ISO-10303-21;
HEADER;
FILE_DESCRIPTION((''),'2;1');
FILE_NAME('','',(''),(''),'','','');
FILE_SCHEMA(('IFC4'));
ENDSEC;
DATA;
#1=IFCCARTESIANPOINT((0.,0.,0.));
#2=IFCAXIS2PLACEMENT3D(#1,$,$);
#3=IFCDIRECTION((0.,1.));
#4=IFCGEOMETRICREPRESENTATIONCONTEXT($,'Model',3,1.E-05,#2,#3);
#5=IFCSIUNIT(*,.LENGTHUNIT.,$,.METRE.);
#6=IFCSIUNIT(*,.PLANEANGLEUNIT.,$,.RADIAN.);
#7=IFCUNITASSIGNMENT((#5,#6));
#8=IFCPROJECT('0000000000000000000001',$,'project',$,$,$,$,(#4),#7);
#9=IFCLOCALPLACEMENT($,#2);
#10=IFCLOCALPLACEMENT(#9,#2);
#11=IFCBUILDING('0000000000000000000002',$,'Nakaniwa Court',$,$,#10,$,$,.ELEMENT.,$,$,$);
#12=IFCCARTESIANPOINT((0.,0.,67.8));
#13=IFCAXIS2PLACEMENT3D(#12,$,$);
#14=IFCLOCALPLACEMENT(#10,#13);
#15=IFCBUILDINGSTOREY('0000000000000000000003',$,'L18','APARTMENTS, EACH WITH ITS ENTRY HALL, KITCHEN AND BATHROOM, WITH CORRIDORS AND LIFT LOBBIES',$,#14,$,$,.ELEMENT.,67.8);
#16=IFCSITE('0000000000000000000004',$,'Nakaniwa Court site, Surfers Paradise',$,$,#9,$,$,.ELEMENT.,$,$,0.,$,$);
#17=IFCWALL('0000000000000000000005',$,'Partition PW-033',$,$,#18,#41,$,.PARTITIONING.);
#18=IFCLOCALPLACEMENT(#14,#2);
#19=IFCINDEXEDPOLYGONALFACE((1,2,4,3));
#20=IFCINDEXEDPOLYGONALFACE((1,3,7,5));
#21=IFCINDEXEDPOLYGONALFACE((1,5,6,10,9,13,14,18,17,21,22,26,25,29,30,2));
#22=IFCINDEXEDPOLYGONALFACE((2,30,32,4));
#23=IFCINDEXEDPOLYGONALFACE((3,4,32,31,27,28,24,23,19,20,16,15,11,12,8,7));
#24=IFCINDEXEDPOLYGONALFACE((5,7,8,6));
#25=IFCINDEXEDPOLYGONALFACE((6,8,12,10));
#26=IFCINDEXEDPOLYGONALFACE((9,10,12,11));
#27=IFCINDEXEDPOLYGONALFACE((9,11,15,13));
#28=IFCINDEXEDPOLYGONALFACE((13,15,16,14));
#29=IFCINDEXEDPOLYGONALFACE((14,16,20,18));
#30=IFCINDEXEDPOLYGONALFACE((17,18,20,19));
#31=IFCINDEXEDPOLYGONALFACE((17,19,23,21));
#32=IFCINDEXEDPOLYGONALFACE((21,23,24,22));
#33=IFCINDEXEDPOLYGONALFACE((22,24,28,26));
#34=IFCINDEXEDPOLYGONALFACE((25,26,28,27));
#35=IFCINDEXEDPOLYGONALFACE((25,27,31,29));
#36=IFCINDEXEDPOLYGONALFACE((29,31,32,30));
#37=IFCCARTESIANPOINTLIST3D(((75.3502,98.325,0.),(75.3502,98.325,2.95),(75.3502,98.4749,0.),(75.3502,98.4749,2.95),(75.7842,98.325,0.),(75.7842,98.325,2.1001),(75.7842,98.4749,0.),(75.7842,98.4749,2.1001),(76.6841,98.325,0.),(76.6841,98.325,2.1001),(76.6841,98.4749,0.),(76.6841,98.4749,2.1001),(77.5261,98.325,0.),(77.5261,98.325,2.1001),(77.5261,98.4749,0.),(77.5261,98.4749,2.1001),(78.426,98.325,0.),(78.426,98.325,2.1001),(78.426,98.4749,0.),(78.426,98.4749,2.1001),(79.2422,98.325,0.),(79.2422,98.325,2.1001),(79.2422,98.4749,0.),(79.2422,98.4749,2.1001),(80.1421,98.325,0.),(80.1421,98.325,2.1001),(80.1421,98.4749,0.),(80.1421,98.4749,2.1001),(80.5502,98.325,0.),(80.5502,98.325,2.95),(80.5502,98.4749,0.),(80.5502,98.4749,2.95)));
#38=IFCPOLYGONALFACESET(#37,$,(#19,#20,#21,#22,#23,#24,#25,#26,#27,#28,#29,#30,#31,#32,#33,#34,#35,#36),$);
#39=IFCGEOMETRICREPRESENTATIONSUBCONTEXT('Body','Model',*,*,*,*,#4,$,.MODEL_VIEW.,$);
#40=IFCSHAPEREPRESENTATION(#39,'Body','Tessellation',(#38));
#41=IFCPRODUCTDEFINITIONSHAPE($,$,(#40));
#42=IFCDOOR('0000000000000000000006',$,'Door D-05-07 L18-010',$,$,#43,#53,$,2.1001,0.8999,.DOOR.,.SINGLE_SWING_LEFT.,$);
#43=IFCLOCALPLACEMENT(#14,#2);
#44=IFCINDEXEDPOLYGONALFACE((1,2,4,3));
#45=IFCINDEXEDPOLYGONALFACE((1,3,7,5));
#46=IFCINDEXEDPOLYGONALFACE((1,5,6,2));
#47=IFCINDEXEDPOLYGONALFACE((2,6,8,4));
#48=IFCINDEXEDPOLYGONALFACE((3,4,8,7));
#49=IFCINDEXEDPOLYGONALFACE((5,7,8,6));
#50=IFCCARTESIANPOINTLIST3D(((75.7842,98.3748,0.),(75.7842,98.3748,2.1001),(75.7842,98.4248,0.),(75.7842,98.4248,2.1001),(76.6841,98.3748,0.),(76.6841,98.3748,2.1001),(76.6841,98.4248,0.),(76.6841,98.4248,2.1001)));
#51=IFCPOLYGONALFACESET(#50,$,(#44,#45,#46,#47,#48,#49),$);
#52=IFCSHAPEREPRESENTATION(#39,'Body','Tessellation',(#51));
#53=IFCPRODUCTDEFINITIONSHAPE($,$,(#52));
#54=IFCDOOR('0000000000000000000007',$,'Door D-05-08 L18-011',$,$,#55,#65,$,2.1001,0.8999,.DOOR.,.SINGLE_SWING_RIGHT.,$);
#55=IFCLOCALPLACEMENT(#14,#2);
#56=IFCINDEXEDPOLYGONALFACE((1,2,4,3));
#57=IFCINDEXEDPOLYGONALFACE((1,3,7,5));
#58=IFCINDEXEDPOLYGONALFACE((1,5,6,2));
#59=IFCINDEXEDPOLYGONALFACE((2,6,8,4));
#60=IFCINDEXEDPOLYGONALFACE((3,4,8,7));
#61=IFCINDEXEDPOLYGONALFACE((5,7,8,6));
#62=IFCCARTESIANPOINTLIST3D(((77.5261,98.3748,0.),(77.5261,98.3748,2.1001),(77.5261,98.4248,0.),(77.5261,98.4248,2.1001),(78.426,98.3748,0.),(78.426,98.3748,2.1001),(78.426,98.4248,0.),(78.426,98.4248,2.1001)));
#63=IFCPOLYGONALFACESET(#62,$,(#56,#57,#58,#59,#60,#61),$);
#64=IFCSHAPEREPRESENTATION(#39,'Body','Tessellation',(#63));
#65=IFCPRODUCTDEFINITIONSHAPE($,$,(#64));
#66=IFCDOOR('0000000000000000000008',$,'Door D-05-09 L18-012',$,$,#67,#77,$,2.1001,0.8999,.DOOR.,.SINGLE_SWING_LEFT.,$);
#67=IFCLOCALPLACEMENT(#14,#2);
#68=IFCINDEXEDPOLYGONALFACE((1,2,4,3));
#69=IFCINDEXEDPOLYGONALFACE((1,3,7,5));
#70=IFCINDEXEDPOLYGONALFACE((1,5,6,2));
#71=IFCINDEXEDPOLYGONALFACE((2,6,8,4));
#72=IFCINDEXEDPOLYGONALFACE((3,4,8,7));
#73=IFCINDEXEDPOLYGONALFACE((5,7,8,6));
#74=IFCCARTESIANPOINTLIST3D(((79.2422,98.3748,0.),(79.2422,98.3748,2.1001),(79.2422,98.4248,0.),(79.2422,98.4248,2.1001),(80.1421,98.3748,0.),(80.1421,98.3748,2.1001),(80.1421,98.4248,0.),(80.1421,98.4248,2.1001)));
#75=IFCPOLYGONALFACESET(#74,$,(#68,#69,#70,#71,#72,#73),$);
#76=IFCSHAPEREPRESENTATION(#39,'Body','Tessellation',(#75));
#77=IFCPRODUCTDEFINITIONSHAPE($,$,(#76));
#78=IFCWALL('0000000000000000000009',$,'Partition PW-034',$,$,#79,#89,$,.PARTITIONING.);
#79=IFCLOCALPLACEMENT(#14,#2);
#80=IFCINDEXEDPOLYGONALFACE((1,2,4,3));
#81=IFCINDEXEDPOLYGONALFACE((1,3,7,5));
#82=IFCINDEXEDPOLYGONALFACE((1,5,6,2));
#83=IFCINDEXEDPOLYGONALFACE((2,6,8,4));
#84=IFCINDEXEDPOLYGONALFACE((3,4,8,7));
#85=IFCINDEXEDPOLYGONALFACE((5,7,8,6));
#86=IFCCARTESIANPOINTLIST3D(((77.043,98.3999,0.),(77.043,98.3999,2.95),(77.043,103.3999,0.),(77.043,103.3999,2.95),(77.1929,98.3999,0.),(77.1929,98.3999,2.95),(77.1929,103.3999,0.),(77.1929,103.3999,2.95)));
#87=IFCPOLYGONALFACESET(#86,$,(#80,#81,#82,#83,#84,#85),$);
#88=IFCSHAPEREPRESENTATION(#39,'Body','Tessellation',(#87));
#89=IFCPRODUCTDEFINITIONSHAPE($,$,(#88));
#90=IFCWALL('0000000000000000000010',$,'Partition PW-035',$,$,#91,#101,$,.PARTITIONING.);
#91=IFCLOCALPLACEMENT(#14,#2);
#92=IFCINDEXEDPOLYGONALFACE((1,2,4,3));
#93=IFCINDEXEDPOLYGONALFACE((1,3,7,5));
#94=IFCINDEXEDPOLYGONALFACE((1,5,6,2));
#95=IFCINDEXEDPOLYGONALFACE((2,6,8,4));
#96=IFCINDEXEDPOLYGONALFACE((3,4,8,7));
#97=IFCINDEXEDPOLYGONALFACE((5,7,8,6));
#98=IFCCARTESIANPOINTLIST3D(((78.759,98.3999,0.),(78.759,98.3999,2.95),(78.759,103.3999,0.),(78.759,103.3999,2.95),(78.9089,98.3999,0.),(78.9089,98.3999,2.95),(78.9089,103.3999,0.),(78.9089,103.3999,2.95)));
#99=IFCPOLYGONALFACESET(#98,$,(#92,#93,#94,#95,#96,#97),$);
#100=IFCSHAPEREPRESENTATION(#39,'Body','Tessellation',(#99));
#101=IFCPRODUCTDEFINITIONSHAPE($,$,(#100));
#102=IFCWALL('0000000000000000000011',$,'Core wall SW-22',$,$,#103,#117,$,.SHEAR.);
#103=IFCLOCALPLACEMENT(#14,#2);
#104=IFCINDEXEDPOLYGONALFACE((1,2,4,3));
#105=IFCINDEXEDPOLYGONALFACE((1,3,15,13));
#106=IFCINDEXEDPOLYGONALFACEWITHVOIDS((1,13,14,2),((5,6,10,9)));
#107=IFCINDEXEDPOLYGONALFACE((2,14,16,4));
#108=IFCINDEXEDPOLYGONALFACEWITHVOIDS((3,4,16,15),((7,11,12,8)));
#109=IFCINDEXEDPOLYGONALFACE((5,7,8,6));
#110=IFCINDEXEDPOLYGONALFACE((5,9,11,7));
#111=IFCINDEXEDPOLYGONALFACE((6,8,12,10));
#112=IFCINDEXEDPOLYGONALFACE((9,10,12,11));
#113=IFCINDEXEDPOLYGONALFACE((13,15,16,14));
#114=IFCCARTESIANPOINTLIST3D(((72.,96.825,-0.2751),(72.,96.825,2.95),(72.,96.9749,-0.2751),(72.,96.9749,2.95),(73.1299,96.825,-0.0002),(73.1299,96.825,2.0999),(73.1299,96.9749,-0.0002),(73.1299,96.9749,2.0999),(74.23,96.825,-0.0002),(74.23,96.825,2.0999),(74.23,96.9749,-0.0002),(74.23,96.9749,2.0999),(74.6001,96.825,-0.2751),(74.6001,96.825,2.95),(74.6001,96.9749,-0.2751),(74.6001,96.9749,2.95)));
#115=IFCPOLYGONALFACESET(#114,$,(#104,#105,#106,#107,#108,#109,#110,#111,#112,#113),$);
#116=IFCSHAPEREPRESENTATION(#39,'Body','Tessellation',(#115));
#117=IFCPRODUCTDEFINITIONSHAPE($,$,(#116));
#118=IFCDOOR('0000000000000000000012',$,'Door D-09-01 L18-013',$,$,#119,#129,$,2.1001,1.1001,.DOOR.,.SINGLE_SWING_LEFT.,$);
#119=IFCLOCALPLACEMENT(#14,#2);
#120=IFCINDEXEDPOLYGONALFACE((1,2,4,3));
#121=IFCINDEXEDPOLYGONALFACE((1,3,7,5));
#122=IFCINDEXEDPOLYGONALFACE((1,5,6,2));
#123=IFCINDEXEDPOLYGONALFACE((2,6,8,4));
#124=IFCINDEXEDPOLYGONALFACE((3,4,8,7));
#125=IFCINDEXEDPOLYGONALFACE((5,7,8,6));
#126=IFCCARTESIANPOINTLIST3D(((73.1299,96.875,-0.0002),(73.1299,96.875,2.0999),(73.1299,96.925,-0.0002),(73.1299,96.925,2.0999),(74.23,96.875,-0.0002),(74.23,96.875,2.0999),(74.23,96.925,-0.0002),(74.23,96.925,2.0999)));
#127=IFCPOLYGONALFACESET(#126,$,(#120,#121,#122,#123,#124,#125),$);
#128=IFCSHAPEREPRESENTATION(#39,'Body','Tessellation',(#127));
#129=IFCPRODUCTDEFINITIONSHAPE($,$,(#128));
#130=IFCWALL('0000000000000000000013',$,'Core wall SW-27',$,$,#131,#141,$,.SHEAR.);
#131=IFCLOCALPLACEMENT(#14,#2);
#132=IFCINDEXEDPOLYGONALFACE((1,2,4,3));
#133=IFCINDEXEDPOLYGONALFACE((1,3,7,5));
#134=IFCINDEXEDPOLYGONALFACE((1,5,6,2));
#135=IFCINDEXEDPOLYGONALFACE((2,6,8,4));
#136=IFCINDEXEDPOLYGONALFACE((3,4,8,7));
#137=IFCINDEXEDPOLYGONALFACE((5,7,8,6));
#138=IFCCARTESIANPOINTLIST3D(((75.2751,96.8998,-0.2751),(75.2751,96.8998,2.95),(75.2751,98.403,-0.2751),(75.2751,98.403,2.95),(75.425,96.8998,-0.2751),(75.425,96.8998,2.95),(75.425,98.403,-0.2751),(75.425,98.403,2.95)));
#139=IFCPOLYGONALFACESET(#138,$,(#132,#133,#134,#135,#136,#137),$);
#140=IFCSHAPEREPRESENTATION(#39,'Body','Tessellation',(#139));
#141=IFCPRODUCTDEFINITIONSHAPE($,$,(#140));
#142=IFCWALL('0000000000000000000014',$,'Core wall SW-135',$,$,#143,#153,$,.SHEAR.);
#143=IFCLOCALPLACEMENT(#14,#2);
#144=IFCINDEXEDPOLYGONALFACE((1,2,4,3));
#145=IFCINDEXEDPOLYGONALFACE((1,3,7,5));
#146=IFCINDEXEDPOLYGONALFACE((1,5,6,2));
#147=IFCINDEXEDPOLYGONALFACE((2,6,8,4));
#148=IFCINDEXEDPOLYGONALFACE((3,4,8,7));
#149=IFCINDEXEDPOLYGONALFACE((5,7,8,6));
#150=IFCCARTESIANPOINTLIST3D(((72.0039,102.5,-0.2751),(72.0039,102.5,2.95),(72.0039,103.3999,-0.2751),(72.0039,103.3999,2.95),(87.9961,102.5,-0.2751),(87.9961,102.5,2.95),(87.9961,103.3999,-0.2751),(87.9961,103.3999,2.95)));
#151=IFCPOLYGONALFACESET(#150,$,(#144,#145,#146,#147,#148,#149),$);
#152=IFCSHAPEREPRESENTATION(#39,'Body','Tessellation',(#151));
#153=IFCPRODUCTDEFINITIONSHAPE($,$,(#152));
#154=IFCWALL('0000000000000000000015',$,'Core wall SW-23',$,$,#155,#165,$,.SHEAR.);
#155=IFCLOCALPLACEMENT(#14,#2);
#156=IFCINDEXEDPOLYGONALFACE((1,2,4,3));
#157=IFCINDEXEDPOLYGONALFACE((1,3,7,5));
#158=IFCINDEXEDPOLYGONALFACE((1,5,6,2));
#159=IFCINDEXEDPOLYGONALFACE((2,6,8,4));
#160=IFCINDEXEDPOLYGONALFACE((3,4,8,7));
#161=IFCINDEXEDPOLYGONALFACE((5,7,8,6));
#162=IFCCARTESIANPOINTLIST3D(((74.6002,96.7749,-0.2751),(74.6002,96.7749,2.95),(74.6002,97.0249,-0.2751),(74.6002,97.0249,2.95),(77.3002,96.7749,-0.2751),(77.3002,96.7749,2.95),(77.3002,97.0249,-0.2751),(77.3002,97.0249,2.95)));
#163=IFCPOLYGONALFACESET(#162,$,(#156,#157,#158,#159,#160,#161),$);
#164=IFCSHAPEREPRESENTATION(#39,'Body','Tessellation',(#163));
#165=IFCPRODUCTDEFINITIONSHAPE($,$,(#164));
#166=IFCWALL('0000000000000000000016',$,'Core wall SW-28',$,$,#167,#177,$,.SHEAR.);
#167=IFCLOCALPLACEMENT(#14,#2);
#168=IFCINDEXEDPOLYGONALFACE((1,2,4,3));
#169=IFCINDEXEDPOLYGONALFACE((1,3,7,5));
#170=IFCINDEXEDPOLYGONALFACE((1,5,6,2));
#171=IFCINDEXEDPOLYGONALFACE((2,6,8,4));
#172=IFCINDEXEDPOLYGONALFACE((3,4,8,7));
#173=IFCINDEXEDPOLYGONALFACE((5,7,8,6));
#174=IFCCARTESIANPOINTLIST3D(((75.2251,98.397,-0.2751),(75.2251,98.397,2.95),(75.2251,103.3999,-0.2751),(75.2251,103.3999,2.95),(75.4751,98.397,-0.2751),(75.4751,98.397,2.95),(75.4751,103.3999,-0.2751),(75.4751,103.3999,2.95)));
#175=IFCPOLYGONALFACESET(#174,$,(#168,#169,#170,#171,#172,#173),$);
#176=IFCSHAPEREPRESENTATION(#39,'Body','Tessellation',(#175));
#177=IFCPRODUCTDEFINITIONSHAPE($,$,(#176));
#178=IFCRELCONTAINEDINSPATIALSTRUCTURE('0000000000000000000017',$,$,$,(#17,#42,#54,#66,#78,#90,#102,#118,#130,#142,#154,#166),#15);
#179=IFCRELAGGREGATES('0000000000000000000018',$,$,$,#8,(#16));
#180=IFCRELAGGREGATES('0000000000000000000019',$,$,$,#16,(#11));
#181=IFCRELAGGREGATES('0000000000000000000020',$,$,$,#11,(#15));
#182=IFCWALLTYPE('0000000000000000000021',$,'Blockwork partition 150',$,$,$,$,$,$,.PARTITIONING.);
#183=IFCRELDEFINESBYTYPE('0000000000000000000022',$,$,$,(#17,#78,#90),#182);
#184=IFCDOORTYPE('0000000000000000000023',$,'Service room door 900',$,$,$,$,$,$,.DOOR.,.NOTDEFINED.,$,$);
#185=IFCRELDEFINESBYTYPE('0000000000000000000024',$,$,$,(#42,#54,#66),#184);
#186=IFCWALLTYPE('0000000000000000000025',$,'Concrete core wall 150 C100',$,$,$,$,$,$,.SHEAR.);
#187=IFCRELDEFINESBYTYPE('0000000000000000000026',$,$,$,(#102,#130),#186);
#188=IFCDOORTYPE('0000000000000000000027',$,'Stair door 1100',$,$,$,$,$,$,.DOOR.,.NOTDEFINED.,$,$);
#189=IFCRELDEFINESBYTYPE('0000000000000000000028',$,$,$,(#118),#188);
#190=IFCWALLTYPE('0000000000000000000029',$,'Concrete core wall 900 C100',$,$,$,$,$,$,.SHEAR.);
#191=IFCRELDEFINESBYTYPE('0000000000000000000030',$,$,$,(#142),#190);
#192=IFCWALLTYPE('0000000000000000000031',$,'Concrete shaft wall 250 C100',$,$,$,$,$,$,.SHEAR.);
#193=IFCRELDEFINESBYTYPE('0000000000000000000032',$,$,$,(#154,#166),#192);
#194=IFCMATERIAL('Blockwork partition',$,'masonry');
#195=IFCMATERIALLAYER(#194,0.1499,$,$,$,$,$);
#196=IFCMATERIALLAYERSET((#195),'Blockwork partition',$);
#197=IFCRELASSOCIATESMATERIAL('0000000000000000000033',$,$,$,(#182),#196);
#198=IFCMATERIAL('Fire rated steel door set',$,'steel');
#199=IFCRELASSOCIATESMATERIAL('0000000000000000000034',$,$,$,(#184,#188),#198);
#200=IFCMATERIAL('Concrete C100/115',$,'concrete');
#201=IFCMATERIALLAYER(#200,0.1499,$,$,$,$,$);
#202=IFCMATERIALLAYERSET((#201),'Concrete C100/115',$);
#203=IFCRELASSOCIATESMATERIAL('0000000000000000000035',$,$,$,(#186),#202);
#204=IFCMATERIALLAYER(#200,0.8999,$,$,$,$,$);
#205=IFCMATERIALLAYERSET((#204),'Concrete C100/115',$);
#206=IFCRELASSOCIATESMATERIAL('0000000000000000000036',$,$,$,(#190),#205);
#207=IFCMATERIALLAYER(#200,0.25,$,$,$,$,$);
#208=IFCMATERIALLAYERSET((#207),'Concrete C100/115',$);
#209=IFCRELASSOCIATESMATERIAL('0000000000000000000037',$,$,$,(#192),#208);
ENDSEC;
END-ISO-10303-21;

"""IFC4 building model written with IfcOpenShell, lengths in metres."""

from ifc_helpers import new_model, si_unit, direction, frame, frame_2d, origin, place, context, subcontext, project, spatial, rectangle, extrude, material, layer, layer_set, type_object, element, fill, save


model = new_model("IFC4")

# Units and contexts
model_context = context("Model", 3, precision=1e-05, world=origin(), true_north=direction((0.0, 1.0)))
body_context = subcontext(model_context, "Body", "Model", "MODEL_VIEW")
ifc_project = project(units=[si_unit("LENGTHUNIT", "METRE"), si_unit("PLANEANGLEUNIT", "RADIAN")], contexts=[model_context])

# Site, building, storey
site_placement = place(None, origin())
site = spatial("IfcSite", under=ifc_project, at=site_placement, Name="Nakaniwa Court site, Surfers Paradise", CompositionType="ELEMENT", RefElevation=0.0)
building_placement = place(site_placement, origin())
building = spatial("IfcBuilding", under=site, at=building_placement, Name="Nakaniwa Court", CompositionType="ELEMENT")
storey_placement = place(building_placement, frame((0.0, 0.0, 67.8)))
storey = spatial("IfcBuildingStorey", under=building, at=storey_placement, Name="L18", Description="APARTMENTS, EACH WITH ITS ENTRY HALL, KITCHEN AND BATHROOM, WITH CORRIDORS AND LIFT LOBBIES", CompositionType="ELEMENT", Elevation=67.8)

# Shared definitions
ifc_material_1 = material(Name="Concrete C100/115", Category="concrete")

# Shared definitions
ifc_material_2 = material(Name="Blockwork partition", Category="masonry")
ifc_layer_1 = layer(ifc_material_2, 0.1499)
ifc_layer_set_1 = layer_set([ifc_layer_1], Name="Blockwork partition")
wall_type_1 = type_object("IfcWallType", Name="Blockwork partition 150", PredefinedType="PARTITIONING", material=ifc_layer_set_1)
ifc_material_3 = material(Name="Fire rated steel door set", Category="steel")

# Wall, openings, doors
wall_1_placement = place(storey_placement, frame((75.3501, 98.3999, 0.0), z_axis=(0.0, 0.0, 1.0), x_axis=(1.0, 0.0, 0.0)))
wall_1 = element("IfcWall", 1, at=wall_1_placement, inside=storey, type_object=wall_type_1, Name="Partition PW-033", PredefinedType="PARTITIONING", context=body_context, shape_type="SweptSolid", body=[
    extrude(rectangle(XDim=5.2, YDim=0.1499, at=frame_2d((2.6001, 0.0))), origin(), (0.0, 0.0, 1.0), 2.95),
])
opening_1_placement = place(wall_1_placement, frame((0.4341, 0.0, 0.0)))
opening_1 = element("IfcOpeningElement", 2, at=opening_1_placement, cuts=wall_1, PredefinedType="OPENING", context=body_context, shape_type="SweptSolid", body=[
    extrude(rectangle(XDim=0.8999, YDim=2.1001, at=frame_2d((0.45, 1.05))), frame((0.0, 0.085, 0.0), z_axis=(0.0, -1.0, 0.0), x_axis=(1.0, 0.0, 0.0)), (0.0, 0.0, 1.0), 0.1699),
])
opening_2_placement = place(wall_1_placement, frame((2.176, 0.0, 0.0)))
opening_2 = element("IfcOpeningElement", 3, at=opening_2_placement, cuts=wall_1, PredefinedType="OPENING", context=body_context, shape_type="SweptSolid", body=[
    extrude(rectangle(XDim=0.8999, YDim=2.1001, at=frame_2d((0.45, 1.05))), frame((0.0, 0.085, 0.0), z_axis=(0.0, -1.0, 0.0), x_axis=(1.0, 0.0, 0.0)), (0.0, 0.0, 1.0), 0.1699),
])
opening_3_placement = place(wall_1_placement, frame((3.8921, 0.0, 0.0)))
opening_3 = element("IfcOpeningElement", 4, at=opening_3_placement, cuts=wall_1, PredefinedType="OPENING", context=body_context, shape_type="SweptSolid", body=[
    extrude(rectangle(XDim=0.8999, YDim=2.1001, at=frame_2d((0.45, 1.05))), frame((0.0, 0.085, 0.0), z_axis=(0.0, -1.0, 0.0), x_axis=(1.0, 0.0, 0.0)), (0.0, 0.0, 1.0), 0.1699),
])
door_type_1 = type_object("IfcDoorType", Name="Service room door 900", OperationType="NOTDEFINED", PredefinedType="DOOR", material=ifc_material_3)
door_1_placement = place(opening_1_placement, origin())
door_1 = element("IfcDoor", 5, at=door_1_placement, inside=storey, type_object=door_type_1, Name="Door D-05-07 L18-010", OperationType="SINGLE_SWING_LEFT", OverallHeight=2.1001, OverallWidth=0.8999, PredefinedType="DOOR", context=body_context, shape_type="SweptSolid", body=[
    extrude(rectangle(XDim=0.8999, YDim=2.1001, at=frame_2d((0.45, 1.05))), frame((0.0, 0.0249, 0.0), z_axis=(0.0, -1.0, 0.0), x_axis=(1.0, 0.0, 0.0)), (0.0, 0.0, 1.0), 0.05),
])
fill(opening_1, door_1)
door_2_placement = place(opening_2_placement, origin())
door_2 = element("IfcDoor", 6, at=door_2_placement, inside=storey, type_object=door_type_1, Name="Door D-05-08 L18-011", OperationType="SINGLE_SWING_RIGHT", OverallHeight=2.1001, OverallWidth=0.8999, PredefinedType="DOOR", context=body_context, shape_type="SweptSolid", body=[
    extrude(rectangle(XDim=0.8999, YDim=2.1001, at=frame_2d((0.45, 1.05))), frame((0.0, 0.0249, 0.0), z_axis=(0.0, -1.0, 0.0), x_axis=(1.0, 0.0, 0.0)), (0.0, 0.0, 1.0), 0.05),
])
fill(opening_2, door_2)
door_3_placement = place(opening_3_placement, origin())
door_3 = element("IfcDoor", 7, at=door_3_placement, inside=storey, type_object=door_type_1, Name="Door D-05-09 L18-012", OperationType="SINGLE_SWING_LEFT", OverallHeight=2.1001, OverallWidth=0.8999, PredefinedType="DOOR", context=body_context, shape_type="SweptSolid", body=[
    extrude(rectangle(XDim=0.8999, YDim=2.1001, at=frame_2d((0.45, 1.05))), frame((0.0, 0.0249, 0.0), z_axis=(0.0, -1.0, 0.0), x_axis=(1.0, 0.0, 0.0)), (0.0, 0.0, 1.0), 0.05),
])
fill(opening_3, door_3)

# Walls
for number, where, z_axis, x_axis, name in (
    (8, (77.1179, 98.3999, 0.0), (0.0, 0.0, 1.0), (0.0, 1.0, 0.0), "Partition PW-034"),
    (9, (78.834, 98.3999, 0.0), (0.0, 0.0, 1.0), (0.0, 1.0, 0.0), "Partition PW-035"),
):
    element("IfcWall", number, at=place(storey_placement, frame(where, z_axis=z_axis, x_axis=x_axis)), inside=storey, type_object=wall_type_1, Name=name, PredefinedType="PARTITIONING", context=body_context, shape_type="SweptSolid", body=[
        extrude(rectangle(XDim=5.0, YDim=0.1499, at=frame_2d((2.5, 0.0))), origin(), (0.0, 0.0, 1.0), 2.95),
    ])

# Wall, opening, door
ifc_layer_2 = layer(ifc_material_1, 0.1499)
ifc_layer_set_2 = layer_set([ifc_layer_2], Name="Concrete C100/115")
wall_type_2 = type_object("IfcWallType", Name="Concrete core wall 150 C100", PredefinedType="SHEAR", material=ifc_layer_set_2)
wall_2_placement = place(storey_placement, frame((74.6001, 96.8999, -0.2751), z_axis=(0.0, 0.0, 1.0), x_axis=(-1.0, 0.0, 0.0)))
wall_2 = element("IfcWall", 10, at=wall_2_placement, inside=storey, type_object=wall_type_2, Name="Core wall SW-22", PredefinedType="SHEAR", context=body_context, shape_type="SweptSolid", body=[
    extrude(rectangle(XDim=2.6001, YDim=0.1499, at=frame_2d((1.3, 0.0))), origin(), (0.0, 0.0, 1.0), 3.2251),
])
opening_4_placement = place(wall_2_placement, frame((0.3701, 0.0, 0.2749)))
opening_4 = element("IfcOpeningElement", 11, at=opening_4_placement, cuts=wall_2, PredefinedType="OPENING", context=body_context, shape_type="SweptSolid", body=[
    extrude(rectangle(XDim=1.1001, YDim=2.1001, at=frame_2d((0.55, 1.05))), frame((0.0, 0.085, 0.0), z_axis=(0.0, -1.0, 0.0), x_axis=(1.0, 0.0, 0.0)), (0.0, 0.0, 1.0), 0.1699),
])
door_type_2 = type_object("IfcDoorType", Name="Stair door 1100", OperationType="NOTDEFINED", PredefinedType="DOOR", material=ifc_material_3)
door_4_placement = place(opening_4_placement, origin())
door_4 = element("IfcDoor", 12, at=door_4_placement, inside=storey, type_object=door_type_2, Name="Door D-09-01 L18-013", OperationType="SINGLE_SWING_LEFT", OverallHeight=2.1001, OverallWidth=1.1001, PredefinedType="DOOR", context=body_context, shape_type="SweptSolid", body=[
    extrude(rectangle(XDim=1.1001, YDim=2.1001, at=frame_2d((0.55, 1.05))), frame((0.0, 0.0249, 0.0), z_axis=(0.0, -1.0, 0.0), x_axis=(1.0, 0.0, 0.0)), (0.0, 0.0, 1.0), 0.05),
])
fill(opening_4, door_4)

# Walls
wall_3_placement = place(storey_placement, frame((75.3501, 96.8999, -0.2751), z_axis=(0.0, 0.0, 1.0), x_axis=(0.0, 1.0, 0.0)))
element("IfcWall", 13, at=wall_3_placement, inside=storey, type_object=wall_type_2, Name="Core wall SW-27", PredefinedType="SHEAR", context=body_context, shape_type="SweptSolid", body=[
    extrude(rectangle(XDim=1.5032, YDim=0.1499, at=frame_2d((0.7515, 0.0))), origin(), (0.0, 0.0, 1.0), 3.2251),
])
ifc_layer_3 = layer(ifc_material_1, 0.8999)
ifc_layer_set_3 = layer_set([ifc_layer_3], Name="Concrete C100/115")
wall_type_3 = type_object("IfcWallType", Name="Concrete core wall 900 C100", PredefinedType="SHEAR", material=ifc_layer_set_3)
wall_4_placement = place(storey_placement, frame((72.0039, 102.95, -0.2751), z_axis=(0.0, 0.0, 1.0), x_axis=(1.0, 0.0, 0.0)))
element("IfcWall", 14, at=wall_4_placement, inside=storey, type_object=wall_type_3, Name="Core wall SW-135", PredefinedType="SHEAR", context=body_context, shape_type="SweptSolid", body=[
    extrude(rectangle(XDim=15.9922, YDim=0.8999, at=frame_2d((7.9961, 0.0))), origin(), (0.0, 0.0, 1.0), 3.2251),
])
ifc_layer_4 = layer(ifc_material_1, 0.25)
ifc_layer_set_4 = layer_set([ifc_layer_4], Name="Concrete C100/115")
wall_type_4 = type_object("IfcWallType", Name="Concrete shaft wall 250 C100", PredefinedType="SHEAR", material=ifc_layer_set_4)
wall_5_placement = place(storey_placement, frame((74.6001, 96.8999, -0.2751), z_axis=(0.0, 0.0, 1.0), x_axis=(1.0, 0.0, 0.0)))
element("IfcWall", 15, at=wall_5_placement, inside=storey, type_object=wall_type_4, Name="Core wall SW-23", PredefinedType="SHEAR", context=body_context, shape_type="SweptSolid", body=[
    extrude(rectangle(XDim=2.7, YDim=0.25, at=frame_2d((1.3501, 0.0))), origin(), (0.0, 0.0, 1.0), 3.2251),
])
wall_6_placement = place(storey_placement, frame((75.3501, 98.397, -0.2751), z_axis=(0.0, 0.0, 1.0), x_axis=(0.0, 1.0, 0.0)))
element("IfcWall", 16, at=wall_6_placement, inside=storey, type_object=wall_type_4, Name="Core wall SW-28", PredefinedType="SHEAR", context=body_context, shape_type="SweptSolid", body=[
    extrude(rectangle(XDim=5.0029, YDim=0.25, at=frame_2d((2.5015, 0.0))), origin(), (0.0, 0.0, 1.0), 3.2251),
])

save(model, "model.ifc")
